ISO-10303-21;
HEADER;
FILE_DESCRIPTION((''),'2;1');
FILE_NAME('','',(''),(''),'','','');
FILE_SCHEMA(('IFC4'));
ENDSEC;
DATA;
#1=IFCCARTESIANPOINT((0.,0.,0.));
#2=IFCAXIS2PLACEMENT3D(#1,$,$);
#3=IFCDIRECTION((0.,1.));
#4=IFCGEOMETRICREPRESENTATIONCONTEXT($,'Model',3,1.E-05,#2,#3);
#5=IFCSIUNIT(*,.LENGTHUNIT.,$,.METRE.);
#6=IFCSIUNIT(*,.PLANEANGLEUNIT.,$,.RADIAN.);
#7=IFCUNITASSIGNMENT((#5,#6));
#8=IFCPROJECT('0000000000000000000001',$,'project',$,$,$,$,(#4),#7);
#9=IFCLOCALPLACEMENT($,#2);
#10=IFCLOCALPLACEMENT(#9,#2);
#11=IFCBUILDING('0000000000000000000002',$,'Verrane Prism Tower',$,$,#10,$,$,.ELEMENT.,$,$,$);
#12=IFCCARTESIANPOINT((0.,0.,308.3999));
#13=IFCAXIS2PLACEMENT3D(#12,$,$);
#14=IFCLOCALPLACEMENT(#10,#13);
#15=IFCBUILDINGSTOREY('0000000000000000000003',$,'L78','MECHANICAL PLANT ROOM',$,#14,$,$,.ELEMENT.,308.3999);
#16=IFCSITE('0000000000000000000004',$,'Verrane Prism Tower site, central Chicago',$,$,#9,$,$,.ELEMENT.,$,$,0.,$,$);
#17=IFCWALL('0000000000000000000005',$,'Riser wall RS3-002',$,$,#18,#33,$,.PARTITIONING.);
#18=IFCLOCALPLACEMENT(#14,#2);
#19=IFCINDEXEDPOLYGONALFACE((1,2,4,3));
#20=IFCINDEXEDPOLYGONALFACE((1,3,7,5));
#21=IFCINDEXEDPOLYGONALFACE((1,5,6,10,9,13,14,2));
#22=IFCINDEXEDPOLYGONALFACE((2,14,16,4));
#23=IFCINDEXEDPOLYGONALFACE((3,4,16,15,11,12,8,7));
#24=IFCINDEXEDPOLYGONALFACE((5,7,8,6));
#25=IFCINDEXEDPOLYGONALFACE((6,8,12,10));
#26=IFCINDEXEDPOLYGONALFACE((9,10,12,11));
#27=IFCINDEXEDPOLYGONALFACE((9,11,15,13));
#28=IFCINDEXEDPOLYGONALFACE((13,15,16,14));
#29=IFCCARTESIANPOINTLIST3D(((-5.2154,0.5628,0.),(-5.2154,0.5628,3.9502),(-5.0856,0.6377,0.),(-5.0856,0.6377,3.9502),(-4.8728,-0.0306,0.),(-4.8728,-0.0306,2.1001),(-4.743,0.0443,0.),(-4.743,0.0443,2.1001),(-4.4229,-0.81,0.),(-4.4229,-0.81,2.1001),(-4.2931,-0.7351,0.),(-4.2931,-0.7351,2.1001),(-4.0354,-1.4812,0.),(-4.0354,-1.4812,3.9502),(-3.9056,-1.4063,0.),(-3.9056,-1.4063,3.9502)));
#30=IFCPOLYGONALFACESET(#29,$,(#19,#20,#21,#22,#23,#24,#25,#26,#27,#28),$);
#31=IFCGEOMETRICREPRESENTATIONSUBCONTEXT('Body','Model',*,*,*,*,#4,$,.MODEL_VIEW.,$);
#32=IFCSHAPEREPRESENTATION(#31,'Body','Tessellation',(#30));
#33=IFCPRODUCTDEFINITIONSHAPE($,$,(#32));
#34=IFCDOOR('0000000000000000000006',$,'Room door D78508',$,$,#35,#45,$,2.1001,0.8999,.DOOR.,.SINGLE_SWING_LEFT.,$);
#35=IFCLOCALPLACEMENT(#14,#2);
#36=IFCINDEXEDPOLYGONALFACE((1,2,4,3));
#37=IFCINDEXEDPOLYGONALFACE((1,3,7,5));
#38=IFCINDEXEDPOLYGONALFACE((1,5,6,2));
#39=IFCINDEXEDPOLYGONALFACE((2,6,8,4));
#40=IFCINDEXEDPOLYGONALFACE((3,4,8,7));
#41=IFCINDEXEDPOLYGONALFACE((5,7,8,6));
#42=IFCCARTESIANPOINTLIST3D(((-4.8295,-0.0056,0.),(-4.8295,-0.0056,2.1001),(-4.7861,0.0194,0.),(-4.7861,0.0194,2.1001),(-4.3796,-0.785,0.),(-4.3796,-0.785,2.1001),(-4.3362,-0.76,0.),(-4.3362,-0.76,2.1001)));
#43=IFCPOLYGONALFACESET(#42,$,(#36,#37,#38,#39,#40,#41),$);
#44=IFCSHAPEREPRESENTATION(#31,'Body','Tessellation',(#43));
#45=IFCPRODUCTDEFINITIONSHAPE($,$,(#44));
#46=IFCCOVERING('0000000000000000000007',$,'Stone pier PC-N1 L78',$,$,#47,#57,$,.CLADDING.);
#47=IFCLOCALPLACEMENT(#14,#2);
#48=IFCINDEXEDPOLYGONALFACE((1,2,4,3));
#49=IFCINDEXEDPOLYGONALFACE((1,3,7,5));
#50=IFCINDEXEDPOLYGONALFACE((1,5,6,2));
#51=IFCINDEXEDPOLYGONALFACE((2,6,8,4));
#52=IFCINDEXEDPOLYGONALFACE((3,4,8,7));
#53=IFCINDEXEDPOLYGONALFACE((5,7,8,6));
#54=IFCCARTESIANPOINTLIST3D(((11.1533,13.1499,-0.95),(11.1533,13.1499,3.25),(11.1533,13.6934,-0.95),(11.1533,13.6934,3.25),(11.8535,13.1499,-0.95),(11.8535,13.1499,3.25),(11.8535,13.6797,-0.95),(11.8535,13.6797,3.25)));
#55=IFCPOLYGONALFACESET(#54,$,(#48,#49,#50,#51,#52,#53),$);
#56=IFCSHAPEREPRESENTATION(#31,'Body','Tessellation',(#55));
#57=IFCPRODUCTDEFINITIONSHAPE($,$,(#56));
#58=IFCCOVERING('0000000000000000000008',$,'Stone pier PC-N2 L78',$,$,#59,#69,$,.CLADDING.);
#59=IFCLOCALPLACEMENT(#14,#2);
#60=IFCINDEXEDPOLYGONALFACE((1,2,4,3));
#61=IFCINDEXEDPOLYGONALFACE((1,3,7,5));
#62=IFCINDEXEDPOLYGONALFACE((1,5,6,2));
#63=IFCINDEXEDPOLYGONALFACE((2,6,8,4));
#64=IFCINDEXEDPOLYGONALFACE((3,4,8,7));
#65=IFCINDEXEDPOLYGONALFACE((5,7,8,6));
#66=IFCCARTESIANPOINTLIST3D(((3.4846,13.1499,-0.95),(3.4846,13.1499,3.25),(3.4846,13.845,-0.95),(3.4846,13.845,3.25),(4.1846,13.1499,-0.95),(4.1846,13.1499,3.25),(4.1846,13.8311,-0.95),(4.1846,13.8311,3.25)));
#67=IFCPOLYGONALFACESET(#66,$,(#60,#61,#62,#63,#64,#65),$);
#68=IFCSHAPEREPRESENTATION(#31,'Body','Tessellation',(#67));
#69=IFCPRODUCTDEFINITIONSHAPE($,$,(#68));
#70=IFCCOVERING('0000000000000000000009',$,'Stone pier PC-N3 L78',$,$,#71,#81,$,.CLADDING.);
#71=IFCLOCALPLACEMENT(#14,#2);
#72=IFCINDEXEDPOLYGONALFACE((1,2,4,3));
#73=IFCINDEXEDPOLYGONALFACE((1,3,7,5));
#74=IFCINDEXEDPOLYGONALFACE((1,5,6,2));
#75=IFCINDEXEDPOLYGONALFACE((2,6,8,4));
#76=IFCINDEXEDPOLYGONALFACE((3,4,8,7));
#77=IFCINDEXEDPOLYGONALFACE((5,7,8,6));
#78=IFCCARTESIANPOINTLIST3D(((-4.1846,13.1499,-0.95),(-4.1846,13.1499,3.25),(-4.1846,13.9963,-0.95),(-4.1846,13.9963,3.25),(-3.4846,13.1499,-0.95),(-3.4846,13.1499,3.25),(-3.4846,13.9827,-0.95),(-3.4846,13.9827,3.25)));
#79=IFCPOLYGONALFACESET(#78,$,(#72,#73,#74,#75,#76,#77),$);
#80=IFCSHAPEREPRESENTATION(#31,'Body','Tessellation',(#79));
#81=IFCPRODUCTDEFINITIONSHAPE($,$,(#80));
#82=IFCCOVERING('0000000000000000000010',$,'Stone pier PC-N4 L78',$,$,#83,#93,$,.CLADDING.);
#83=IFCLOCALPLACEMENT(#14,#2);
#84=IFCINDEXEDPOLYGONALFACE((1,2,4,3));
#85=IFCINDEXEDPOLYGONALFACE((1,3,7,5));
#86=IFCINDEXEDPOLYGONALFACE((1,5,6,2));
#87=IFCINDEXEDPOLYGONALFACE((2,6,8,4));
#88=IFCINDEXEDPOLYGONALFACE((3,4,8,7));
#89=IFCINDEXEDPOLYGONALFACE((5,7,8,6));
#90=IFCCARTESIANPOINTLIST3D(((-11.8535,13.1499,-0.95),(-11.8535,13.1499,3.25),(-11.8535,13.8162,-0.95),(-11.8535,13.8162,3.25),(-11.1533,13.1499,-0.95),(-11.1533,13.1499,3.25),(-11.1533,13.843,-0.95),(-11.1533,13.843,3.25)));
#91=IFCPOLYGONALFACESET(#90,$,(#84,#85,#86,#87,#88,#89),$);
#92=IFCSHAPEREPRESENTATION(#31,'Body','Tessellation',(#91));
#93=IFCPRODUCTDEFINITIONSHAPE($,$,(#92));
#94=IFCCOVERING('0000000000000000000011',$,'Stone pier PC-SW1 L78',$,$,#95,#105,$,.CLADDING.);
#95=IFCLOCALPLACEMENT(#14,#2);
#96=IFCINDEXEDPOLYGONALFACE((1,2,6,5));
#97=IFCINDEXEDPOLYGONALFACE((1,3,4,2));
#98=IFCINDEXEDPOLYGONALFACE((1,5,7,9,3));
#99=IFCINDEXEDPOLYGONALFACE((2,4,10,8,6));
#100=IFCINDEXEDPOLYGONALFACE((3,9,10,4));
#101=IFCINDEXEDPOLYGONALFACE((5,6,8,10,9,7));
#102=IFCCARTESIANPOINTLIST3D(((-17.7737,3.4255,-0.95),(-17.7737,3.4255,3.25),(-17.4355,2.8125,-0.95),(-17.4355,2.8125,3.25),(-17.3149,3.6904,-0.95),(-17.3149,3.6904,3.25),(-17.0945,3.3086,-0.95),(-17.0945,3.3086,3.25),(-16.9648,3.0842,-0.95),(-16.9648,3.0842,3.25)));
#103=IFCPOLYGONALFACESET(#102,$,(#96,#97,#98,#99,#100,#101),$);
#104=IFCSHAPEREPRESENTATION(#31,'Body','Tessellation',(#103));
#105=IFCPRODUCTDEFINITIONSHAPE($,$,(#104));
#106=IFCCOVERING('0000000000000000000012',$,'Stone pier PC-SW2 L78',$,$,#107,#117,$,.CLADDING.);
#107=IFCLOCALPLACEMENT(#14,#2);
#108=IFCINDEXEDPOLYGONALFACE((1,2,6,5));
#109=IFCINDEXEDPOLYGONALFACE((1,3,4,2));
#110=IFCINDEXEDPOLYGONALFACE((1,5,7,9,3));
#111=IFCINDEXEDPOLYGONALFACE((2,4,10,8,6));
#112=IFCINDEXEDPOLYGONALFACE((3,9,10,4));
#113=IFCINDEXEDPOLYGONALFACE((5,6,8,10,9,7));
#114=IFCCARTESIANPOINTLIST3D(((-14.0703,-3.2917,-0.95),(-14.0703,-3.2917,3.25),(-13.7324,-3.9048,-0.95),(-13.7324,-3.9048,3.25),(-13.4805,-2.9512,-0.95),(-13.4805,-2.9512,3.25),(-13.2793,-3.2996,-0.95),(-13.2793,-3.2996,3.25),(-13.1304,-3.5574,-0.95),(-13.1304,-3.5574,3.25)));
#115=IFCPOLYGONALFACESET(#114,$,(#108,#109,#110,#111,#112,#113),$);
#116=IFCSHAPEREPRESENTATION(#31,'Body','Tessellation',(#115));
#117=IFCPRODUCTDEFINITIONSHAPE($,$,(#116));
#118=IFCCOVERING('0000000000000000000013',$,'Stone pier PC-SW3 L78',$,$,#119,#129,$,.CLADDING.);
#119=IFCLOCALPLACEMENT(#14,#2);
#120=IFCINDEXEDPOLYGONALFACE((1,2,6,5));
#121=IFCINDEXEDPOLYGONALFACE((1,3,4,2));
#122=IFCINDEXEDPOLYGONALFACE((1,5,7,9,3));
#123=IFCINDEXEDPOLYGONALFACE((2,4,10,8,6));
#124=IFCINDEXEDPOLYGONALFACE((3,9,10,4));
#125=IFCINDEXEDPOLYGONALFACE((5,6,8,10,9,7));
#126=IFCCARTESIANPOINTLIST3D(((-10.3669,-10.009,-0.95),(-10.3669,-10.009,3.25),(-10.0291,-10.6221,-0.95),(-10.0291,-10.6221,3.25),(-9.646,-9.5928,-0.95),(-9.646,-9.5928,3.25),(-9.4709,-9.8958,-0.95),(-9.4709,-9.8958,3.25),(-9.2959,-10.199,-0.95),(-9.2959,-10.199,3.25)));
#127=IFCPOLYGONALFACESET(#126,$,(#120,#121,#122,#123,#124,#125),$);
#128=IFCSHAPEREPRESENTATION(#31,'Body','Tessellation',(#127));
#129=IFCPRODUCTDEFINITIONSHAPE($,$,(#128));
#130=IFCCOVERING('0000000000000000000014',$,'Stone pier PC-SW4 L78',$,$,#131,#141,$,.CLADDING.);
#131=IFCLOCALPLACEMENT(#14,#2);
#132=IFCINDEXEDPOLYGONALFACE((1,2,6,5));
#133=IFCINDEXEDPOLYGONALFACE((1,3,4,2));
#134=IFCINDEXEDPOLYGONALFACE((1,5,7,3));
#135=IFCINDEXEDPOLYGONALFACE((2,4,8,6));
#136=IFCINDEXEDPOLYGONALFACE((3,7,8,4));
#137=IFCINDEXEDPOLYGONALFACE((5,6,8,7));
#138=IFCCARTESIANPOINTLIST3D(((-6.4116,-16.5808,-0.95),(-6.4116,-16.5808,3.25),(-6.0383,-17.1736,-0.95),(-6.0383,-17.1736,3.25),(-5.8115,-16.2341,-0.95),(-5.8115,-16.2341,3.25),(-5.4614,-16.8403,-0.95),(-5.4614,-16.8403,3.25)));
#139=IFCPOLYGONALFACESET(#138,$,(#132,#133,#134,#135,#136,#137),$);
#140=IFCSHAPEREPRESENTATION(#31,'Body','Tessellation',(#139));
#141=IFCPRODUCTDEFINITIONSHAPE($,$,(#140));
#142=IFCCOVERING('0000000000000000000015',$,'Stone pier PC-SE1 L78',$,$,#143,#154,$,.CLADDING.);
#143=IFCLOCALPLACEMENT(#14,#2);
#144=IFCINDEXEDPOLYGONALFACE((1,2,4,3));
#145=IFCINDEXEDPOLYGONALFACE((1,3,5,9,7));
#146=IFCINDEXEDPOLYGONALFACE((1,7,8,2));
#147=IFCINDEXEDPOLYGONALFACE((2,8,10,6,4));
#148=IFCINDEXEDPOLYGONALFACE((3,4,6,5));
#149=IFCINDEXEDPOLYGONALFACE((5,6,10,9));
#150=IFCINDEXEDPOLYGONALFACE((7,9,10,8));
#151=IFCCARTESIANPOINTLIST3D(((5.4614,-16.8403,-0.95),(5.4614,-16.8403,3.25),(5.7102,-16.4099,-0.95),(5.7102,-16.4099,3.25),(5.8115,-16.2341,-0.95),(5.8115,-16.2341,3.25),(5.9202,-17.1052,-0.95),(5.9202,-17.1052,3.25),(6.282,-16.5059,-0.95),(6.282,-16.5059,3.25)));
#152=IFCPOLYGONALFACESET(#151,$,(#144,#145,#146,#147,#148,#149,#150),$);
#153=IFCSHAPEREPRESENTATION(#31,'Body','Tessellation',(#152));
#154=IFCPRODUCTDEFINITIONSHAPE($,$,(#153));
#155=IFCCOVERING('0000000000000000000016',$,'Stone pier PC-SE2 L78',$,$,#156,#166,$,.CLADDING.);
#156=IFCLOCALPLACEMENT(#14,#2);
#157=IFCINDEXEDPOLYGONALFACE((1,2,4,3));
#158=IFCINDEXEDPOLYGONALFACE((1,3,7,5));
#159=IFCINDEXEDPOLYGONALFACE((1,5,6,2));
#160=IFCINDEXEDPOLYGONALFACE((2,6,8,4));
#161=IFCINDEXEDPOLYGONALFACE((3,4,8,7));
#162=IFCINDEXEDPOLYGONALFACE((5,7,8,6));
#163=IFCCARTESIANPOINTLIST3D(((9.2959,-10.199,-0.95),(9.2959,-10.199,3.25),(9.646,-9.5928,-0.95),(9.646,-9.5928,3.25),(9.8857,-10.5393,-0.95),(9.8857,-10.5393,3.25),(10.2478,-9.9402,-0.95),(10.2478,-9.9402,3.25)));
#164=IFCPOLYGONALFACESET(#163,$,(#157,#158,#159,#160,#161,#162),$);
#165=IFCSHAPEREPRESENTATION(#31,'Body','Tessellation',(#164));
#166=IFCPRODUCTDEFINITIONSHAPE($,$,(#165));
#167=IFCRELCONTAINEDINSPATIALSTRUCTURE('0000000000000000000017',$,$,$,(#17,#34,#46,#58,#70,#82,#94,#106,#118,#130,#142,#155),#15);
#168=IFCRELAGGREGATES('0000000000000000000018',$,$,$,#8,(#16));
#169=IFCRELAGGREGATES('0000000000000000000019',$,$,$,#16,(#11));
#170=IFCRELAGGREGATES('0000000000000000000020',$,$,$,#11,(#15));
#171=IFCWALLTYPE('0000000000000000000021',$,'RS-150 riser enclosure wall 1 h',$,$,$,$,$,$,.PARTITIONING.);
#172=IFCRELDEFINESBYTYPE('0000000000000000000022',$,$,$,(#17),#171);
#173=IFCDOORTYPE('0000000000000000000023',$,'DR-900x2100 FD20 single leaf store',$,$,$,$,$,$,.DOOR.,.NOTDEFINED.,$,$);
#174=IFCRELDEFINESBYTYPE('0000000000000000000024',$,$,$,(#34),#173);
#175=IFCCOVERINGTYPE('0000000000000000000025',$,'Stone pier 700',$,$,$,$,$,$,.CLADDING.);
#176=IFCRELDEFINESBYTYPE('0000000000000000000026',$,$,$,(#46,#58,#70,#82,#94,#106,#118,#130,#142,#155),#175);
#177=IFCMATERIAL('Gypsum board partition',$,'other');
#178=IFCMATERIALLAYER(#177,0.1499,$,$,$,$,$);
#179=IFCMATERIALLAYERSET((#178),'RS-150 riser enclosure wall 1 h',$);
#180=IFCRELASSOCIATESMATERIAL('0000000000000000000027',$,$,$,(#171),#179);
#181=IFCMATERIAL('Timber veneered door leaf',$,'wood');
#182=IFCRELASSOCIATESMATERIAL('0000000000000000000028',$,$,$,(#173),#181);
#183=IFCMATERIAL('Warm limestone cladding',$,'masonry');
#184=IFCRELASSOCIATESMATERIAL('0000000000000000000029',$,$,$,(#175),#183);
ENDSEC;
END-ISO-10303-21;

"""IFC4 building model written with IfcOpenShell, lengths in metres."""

from ifc_helpers import new_model, si_unit, direction, frame, frame_2d, origin, place, context, subcontext, project, spatial, polyline, rectangle, outline, extrude, material, layer, layer_set, type_object, element, fill, save


model = new_model("IFC4")

# Units and contexts
model_context = context("Model", 3, precision=1e-05, world=origin(), true_north=direction((0.0, 1.0)))
body_context = subcontext(model_context, "Body", "Model", "MODEL_VIEW")
ifc_project = project(units=[si_unit("LENGTHUNIT", "METRE"), si_unit("PLANEANGLEUNIT", "RADIAN")], contexts=[model_context])

# Site, building, storey
site_placement = place(None, origin())
site = spatial("IfcSite", under=ifc_project, at=site_placement, Name="Verrane Prism Tower site, central Chicago", CompositionType="ELEMENT", RefElevation=0.0)
building_placement = place(site_placement, origin())
building = spatial("IfcBuilding", under=site, at=building_placement, Name="Verrane Prism Tower", CompositionType="ELEMENT")
storey_placement = place(building_placement, frame((0.0, 0.0, 308.3999)))
storey = spatial("IfcBuildingStorey", under=building, at=storey_placement, Name="L78", Description="MECHANICAL PLANT ROOM", CompositionType="ELEMENT", Elevation=308.3999)

# Wall, opening, door
ifc_material_1 = material(Name="Gypsum board partition", Category="other")
ifc_layer_1 = layer(ifc_material_1, 0.1499)
ifc_layer_set_1 = layer_set([ifc_layer_1], Name="RS-150 riser enclosure wall 1 h")
wall_type_1 = type_object("IfcWallType", Name="RS-150 riser enclosure wall 1 h", PredefinedType="PARTITIONING", material=ifc_layer_set_1)
wall_1_placement = place(storey_placement, frame((-3.9705, -1.4438, 0.0), z_axis=(0.0, 0.0, 1.0), x_axis=(-0.499955, 0.866051, 0.0)))
wall_1 = element("IfcWall", 1, at=wall_1_placement, inside=storey, type_object=wall_type_1, Name="Riser wall RS3-002", PredefinedType="PARTITIONING", context=body_context, shape_type="SweptSolid", body=[
    extrude(rectangle(XDim=2.3601, YDim=0.1499, at=frame_2d((1.1802, 0.0))), origin(), (0.0, 0.0, 1.0), 3.9502),
])
opening_placement = place(wall_1_placement, frame((0.7751, 0.0, 0.0)))
opening = element("IfcOpeningElement", 2, at=opening_placement, cuts=wall_1, PredefinedType="OPENING", context=body_context, shape_type="SweptSolid", body=[
    extrude(rectangle(XDim=0.8999, YDim=2.1001, at=frame_2d((0.45, 1.05))), frame((0.0, 0.085, 0.0), z_axis=(0.0, -1.0, 0.0), x_axis=(1.0, 0.0, 0.0)), (0.0, 0.0, 1.0), 0.1699),
])
ifc_material_2 = material(Name="Timber veneered door leaf", Category="wood")
door_type = type_object("IfcDoorType", Name="DR-900x2100 FD20 single leaf store", OperationType="NOTDEFINED", PredefinedType="DOOR", material=ifc_material_2)
door_placement = place(opening_placement, origin())
door = element("IfcDoor", 3, at=door_placement, inside=storey, type_object=door_type, Name="Room door D78508", OperationType="SINGLE_SWING_LEFT", OverallHeight=2.1001, OverallWidth=0.8999, PredefinedType="DOOR", context=body_context, shape_type="SweptSolid", body=[
    extrude(rectangle(XDim=0.8999, YDim=2.1001, at=frame_2d((0.45, 1.05))), frame((0.0, 0.0249, 0.0), z_axis=(0.0, -1.0, 0.0), x_axis=(1.0, 0.0, 0.0)), (0.0, 0.0, 1.0), 0.05),
])
fill(opening, door)

# Coverings
ifc_material_3 = material(Name="Warm limestone cladding", Category="masonry")
covering_type = type_object("IfcCoveringType", Name="Stone pier 700", PredefinedType="CLADDING", material=ifc_material_3)
covering_1_placement = place(storey_placement, frame((0.0, 0.0, -0.95)))
element("IfcCovering", 4, at=covering_1_placement, inside=storey, type_object=covering_type, Name="Stone pier PC-N1 L78", PredefinedType="CLADDING", context=body_context, shape_type="SweptSolid", body=[
    extrude(outline(polyline([(11.1533, 13.1499), (11.8535, 13.1499), (11.8535, 13.6797), (11.1533, 13.6934), (11.1533, 13.1499)])), origin(), (0.0, 0.0, 1.0), 4.2),
])
covering_2_placement = place(storey_placement, frame((0.0, 0.0, -0.95)))
element("IfcCovering", 5, at=covering_2_placement, inside=storey, type_object=covering_type, Name="Stone pier PC-N2 L78", PredefinedType="CLADDING", context=body_context, shape_type="SweptSolid", body=[
    extrude(outline(polyline([(3.4846, 13.1499), (4.1846, 13.1499), (4.1846, 13.8311), (3.4846, 13.845), (3.4846, 13.1499)])), origin(), (0.0, 0.0, 1.0), 4.2),
])
covering_3_placement = place(storey_placement, frame((0.0, 0.0, -0.95)))
element("IfcCovering", 6, at=covering_3_placement, inside=storey, type_object=covering_type, Name="Stone pier PC-N3 L78", PredefinedType="CLADDING", context=body_context, shape_type="SweptSolid", body=[
    extrude(outline(polyline([(-4.1846, 13.1499), (-3.4846, 13.1499), (-3.4846, 13.9827), (-4.1846, 13.9963), (-4.1846, 13.1499)])), origin(), (0.0, 0.0, 1.0), 4.2),
])
covering_4_placement = place(storey_placement, frame((0.0, 0.0, -0.95)))
element("IfcCovering", 7, at=covering_4_placement, inside=storey, type_object=covering_type, Name="Stone pier PC-N4 L78", PredefinedType="CLADDING", context=body_context, shape_type="SweptSolid", body=[
    extrude(outline(polyline([(-11.8535, 13.1499), (-11.1533, 13.1499), (-11.1533, 13.843), (-11.8535, 13.8162), (-11.8535, 13.1499)])), origin(), (0.0, 0.0, 1.0), 4.2),
])
covering_5_placement = place(storey_placement, frame((0.0, 0.0, -0.95)))
element("IfcCovering", 8, at=covering_5_placement, inside=storey, type_object=covering_type, Name="Stone pier PC-SW1 L78", PredefinedType="CLADDING", context=body_context, shape_type="SweptSolid", body=[
    extrude(outline(polyline([(-16.9648, 3.0842), (-17.0945, 3.3086), (-17.3149, 3.6904), (-17.7737, 3.4255), (-17.4355, 2.8125), (-16.9648, 3.0842)])), origin(), (0.0, 0.0, 1.0), 4.2),
])
covering_6_placement = place(storey_placement, frame((0.0, 0.0, -0.95)))
element("IfcCovering", 9, at=covering_6_placement, inside=storey, type_object=covering_type, Name="Stone pier PC-SW2 L78", PredefinedType="CLADDING", context=body_context, shape_type="SweptSolid", body=[
    extrude(outline(polyline([(-13.1304, -3.5574), (-13.2793, -3.2996), (-13.4805, -2.9512), (-14.0703, -3.2917), (-13.7324, -3.9048), (-13.1304, -3.5574)])), origin(), (0.0, 0.0, 1.0), 4.2),
])
covering_7_placement = place(storey_placement, frame((0.0, 0.0, -0.95)))
element("IfcCovering", 10, at=covering_7_placement, inside=storey, type_object=covering_type, Name="Stone pier PC-SW3 L78", PredefinedType="CLADDING", context=body_context, shape_type="SweptSolid", body=[
    extrude(outline(polyline([(-9.2959, -10.199), (-9.4709, -9.8958), (-9.646, -9.5928), (-10.3669, -10.009), (-10.0291, -10.6221), (-9.2959, -10.199)])), origin(), (0.0, 0.0, 1.0), 4.2),
])
covering_8_placement = place(storey_placement, frame((0.0, 0.0, -0.95)))
element("IfcCovering", 11, at=covering_8_placement, inside=storey, type_object=covering_type, Name="Stone pier PC-SW4 L78", PredefinedType="CLADDING", context=body_context, shape_type="SweptSolid", body=[
    extrude(outline(polyline([(-5.4614, -16.8403), (-5.8115, -16.2341), (-6.4116, -16.5808), (-6.0383, -17.1736), (-5.4614, -16.8403)])), origin(), (0.0, 0.0, 1.0), 4.2),
])
covering_9_placement = place(storey_placement, frame((0.0, 0.0, -0.95)))
element("IfcCovering", 12, at=covering_9_placement, inside=storey, type_object=covering_type, Name="Stone pier PC-SE1 L78", PredefinedType="CLADDING", context=body_context, shape_type="SweptSolid", body=[
    extrude(outline(polyline([(5.8115, -16.2341), (5.7102, -16.4099), (5.4614, -16.8403), (5.9202, -17.1052), (6.282, -16.5059), (5.8115, -16.2341)])), origin(), (0.0, 0.0, 1.0), 4.2),
])
covering_10_placement = place(storey_placement, frame((0.0, 0.0, -0.95)))
element("IfcCovering", 13, at=covering_10_placement, inside=storey, type_object=covering_type, Name="Stone pier PC-SE2 L78", PredefinedType="CLADDING", context=body_context, shape_type="SweptSolid", body=[
    extrude(outline(polyline([(9.646, -9.5928), (9.2959, -10.199), (9.8857, -10.5393), (10.2478, -9.9402), (9.646, -9.5928)])), origin(), (0.0, 0.0, 1.0), 4.2),
])

save(model, "model.ifc")
